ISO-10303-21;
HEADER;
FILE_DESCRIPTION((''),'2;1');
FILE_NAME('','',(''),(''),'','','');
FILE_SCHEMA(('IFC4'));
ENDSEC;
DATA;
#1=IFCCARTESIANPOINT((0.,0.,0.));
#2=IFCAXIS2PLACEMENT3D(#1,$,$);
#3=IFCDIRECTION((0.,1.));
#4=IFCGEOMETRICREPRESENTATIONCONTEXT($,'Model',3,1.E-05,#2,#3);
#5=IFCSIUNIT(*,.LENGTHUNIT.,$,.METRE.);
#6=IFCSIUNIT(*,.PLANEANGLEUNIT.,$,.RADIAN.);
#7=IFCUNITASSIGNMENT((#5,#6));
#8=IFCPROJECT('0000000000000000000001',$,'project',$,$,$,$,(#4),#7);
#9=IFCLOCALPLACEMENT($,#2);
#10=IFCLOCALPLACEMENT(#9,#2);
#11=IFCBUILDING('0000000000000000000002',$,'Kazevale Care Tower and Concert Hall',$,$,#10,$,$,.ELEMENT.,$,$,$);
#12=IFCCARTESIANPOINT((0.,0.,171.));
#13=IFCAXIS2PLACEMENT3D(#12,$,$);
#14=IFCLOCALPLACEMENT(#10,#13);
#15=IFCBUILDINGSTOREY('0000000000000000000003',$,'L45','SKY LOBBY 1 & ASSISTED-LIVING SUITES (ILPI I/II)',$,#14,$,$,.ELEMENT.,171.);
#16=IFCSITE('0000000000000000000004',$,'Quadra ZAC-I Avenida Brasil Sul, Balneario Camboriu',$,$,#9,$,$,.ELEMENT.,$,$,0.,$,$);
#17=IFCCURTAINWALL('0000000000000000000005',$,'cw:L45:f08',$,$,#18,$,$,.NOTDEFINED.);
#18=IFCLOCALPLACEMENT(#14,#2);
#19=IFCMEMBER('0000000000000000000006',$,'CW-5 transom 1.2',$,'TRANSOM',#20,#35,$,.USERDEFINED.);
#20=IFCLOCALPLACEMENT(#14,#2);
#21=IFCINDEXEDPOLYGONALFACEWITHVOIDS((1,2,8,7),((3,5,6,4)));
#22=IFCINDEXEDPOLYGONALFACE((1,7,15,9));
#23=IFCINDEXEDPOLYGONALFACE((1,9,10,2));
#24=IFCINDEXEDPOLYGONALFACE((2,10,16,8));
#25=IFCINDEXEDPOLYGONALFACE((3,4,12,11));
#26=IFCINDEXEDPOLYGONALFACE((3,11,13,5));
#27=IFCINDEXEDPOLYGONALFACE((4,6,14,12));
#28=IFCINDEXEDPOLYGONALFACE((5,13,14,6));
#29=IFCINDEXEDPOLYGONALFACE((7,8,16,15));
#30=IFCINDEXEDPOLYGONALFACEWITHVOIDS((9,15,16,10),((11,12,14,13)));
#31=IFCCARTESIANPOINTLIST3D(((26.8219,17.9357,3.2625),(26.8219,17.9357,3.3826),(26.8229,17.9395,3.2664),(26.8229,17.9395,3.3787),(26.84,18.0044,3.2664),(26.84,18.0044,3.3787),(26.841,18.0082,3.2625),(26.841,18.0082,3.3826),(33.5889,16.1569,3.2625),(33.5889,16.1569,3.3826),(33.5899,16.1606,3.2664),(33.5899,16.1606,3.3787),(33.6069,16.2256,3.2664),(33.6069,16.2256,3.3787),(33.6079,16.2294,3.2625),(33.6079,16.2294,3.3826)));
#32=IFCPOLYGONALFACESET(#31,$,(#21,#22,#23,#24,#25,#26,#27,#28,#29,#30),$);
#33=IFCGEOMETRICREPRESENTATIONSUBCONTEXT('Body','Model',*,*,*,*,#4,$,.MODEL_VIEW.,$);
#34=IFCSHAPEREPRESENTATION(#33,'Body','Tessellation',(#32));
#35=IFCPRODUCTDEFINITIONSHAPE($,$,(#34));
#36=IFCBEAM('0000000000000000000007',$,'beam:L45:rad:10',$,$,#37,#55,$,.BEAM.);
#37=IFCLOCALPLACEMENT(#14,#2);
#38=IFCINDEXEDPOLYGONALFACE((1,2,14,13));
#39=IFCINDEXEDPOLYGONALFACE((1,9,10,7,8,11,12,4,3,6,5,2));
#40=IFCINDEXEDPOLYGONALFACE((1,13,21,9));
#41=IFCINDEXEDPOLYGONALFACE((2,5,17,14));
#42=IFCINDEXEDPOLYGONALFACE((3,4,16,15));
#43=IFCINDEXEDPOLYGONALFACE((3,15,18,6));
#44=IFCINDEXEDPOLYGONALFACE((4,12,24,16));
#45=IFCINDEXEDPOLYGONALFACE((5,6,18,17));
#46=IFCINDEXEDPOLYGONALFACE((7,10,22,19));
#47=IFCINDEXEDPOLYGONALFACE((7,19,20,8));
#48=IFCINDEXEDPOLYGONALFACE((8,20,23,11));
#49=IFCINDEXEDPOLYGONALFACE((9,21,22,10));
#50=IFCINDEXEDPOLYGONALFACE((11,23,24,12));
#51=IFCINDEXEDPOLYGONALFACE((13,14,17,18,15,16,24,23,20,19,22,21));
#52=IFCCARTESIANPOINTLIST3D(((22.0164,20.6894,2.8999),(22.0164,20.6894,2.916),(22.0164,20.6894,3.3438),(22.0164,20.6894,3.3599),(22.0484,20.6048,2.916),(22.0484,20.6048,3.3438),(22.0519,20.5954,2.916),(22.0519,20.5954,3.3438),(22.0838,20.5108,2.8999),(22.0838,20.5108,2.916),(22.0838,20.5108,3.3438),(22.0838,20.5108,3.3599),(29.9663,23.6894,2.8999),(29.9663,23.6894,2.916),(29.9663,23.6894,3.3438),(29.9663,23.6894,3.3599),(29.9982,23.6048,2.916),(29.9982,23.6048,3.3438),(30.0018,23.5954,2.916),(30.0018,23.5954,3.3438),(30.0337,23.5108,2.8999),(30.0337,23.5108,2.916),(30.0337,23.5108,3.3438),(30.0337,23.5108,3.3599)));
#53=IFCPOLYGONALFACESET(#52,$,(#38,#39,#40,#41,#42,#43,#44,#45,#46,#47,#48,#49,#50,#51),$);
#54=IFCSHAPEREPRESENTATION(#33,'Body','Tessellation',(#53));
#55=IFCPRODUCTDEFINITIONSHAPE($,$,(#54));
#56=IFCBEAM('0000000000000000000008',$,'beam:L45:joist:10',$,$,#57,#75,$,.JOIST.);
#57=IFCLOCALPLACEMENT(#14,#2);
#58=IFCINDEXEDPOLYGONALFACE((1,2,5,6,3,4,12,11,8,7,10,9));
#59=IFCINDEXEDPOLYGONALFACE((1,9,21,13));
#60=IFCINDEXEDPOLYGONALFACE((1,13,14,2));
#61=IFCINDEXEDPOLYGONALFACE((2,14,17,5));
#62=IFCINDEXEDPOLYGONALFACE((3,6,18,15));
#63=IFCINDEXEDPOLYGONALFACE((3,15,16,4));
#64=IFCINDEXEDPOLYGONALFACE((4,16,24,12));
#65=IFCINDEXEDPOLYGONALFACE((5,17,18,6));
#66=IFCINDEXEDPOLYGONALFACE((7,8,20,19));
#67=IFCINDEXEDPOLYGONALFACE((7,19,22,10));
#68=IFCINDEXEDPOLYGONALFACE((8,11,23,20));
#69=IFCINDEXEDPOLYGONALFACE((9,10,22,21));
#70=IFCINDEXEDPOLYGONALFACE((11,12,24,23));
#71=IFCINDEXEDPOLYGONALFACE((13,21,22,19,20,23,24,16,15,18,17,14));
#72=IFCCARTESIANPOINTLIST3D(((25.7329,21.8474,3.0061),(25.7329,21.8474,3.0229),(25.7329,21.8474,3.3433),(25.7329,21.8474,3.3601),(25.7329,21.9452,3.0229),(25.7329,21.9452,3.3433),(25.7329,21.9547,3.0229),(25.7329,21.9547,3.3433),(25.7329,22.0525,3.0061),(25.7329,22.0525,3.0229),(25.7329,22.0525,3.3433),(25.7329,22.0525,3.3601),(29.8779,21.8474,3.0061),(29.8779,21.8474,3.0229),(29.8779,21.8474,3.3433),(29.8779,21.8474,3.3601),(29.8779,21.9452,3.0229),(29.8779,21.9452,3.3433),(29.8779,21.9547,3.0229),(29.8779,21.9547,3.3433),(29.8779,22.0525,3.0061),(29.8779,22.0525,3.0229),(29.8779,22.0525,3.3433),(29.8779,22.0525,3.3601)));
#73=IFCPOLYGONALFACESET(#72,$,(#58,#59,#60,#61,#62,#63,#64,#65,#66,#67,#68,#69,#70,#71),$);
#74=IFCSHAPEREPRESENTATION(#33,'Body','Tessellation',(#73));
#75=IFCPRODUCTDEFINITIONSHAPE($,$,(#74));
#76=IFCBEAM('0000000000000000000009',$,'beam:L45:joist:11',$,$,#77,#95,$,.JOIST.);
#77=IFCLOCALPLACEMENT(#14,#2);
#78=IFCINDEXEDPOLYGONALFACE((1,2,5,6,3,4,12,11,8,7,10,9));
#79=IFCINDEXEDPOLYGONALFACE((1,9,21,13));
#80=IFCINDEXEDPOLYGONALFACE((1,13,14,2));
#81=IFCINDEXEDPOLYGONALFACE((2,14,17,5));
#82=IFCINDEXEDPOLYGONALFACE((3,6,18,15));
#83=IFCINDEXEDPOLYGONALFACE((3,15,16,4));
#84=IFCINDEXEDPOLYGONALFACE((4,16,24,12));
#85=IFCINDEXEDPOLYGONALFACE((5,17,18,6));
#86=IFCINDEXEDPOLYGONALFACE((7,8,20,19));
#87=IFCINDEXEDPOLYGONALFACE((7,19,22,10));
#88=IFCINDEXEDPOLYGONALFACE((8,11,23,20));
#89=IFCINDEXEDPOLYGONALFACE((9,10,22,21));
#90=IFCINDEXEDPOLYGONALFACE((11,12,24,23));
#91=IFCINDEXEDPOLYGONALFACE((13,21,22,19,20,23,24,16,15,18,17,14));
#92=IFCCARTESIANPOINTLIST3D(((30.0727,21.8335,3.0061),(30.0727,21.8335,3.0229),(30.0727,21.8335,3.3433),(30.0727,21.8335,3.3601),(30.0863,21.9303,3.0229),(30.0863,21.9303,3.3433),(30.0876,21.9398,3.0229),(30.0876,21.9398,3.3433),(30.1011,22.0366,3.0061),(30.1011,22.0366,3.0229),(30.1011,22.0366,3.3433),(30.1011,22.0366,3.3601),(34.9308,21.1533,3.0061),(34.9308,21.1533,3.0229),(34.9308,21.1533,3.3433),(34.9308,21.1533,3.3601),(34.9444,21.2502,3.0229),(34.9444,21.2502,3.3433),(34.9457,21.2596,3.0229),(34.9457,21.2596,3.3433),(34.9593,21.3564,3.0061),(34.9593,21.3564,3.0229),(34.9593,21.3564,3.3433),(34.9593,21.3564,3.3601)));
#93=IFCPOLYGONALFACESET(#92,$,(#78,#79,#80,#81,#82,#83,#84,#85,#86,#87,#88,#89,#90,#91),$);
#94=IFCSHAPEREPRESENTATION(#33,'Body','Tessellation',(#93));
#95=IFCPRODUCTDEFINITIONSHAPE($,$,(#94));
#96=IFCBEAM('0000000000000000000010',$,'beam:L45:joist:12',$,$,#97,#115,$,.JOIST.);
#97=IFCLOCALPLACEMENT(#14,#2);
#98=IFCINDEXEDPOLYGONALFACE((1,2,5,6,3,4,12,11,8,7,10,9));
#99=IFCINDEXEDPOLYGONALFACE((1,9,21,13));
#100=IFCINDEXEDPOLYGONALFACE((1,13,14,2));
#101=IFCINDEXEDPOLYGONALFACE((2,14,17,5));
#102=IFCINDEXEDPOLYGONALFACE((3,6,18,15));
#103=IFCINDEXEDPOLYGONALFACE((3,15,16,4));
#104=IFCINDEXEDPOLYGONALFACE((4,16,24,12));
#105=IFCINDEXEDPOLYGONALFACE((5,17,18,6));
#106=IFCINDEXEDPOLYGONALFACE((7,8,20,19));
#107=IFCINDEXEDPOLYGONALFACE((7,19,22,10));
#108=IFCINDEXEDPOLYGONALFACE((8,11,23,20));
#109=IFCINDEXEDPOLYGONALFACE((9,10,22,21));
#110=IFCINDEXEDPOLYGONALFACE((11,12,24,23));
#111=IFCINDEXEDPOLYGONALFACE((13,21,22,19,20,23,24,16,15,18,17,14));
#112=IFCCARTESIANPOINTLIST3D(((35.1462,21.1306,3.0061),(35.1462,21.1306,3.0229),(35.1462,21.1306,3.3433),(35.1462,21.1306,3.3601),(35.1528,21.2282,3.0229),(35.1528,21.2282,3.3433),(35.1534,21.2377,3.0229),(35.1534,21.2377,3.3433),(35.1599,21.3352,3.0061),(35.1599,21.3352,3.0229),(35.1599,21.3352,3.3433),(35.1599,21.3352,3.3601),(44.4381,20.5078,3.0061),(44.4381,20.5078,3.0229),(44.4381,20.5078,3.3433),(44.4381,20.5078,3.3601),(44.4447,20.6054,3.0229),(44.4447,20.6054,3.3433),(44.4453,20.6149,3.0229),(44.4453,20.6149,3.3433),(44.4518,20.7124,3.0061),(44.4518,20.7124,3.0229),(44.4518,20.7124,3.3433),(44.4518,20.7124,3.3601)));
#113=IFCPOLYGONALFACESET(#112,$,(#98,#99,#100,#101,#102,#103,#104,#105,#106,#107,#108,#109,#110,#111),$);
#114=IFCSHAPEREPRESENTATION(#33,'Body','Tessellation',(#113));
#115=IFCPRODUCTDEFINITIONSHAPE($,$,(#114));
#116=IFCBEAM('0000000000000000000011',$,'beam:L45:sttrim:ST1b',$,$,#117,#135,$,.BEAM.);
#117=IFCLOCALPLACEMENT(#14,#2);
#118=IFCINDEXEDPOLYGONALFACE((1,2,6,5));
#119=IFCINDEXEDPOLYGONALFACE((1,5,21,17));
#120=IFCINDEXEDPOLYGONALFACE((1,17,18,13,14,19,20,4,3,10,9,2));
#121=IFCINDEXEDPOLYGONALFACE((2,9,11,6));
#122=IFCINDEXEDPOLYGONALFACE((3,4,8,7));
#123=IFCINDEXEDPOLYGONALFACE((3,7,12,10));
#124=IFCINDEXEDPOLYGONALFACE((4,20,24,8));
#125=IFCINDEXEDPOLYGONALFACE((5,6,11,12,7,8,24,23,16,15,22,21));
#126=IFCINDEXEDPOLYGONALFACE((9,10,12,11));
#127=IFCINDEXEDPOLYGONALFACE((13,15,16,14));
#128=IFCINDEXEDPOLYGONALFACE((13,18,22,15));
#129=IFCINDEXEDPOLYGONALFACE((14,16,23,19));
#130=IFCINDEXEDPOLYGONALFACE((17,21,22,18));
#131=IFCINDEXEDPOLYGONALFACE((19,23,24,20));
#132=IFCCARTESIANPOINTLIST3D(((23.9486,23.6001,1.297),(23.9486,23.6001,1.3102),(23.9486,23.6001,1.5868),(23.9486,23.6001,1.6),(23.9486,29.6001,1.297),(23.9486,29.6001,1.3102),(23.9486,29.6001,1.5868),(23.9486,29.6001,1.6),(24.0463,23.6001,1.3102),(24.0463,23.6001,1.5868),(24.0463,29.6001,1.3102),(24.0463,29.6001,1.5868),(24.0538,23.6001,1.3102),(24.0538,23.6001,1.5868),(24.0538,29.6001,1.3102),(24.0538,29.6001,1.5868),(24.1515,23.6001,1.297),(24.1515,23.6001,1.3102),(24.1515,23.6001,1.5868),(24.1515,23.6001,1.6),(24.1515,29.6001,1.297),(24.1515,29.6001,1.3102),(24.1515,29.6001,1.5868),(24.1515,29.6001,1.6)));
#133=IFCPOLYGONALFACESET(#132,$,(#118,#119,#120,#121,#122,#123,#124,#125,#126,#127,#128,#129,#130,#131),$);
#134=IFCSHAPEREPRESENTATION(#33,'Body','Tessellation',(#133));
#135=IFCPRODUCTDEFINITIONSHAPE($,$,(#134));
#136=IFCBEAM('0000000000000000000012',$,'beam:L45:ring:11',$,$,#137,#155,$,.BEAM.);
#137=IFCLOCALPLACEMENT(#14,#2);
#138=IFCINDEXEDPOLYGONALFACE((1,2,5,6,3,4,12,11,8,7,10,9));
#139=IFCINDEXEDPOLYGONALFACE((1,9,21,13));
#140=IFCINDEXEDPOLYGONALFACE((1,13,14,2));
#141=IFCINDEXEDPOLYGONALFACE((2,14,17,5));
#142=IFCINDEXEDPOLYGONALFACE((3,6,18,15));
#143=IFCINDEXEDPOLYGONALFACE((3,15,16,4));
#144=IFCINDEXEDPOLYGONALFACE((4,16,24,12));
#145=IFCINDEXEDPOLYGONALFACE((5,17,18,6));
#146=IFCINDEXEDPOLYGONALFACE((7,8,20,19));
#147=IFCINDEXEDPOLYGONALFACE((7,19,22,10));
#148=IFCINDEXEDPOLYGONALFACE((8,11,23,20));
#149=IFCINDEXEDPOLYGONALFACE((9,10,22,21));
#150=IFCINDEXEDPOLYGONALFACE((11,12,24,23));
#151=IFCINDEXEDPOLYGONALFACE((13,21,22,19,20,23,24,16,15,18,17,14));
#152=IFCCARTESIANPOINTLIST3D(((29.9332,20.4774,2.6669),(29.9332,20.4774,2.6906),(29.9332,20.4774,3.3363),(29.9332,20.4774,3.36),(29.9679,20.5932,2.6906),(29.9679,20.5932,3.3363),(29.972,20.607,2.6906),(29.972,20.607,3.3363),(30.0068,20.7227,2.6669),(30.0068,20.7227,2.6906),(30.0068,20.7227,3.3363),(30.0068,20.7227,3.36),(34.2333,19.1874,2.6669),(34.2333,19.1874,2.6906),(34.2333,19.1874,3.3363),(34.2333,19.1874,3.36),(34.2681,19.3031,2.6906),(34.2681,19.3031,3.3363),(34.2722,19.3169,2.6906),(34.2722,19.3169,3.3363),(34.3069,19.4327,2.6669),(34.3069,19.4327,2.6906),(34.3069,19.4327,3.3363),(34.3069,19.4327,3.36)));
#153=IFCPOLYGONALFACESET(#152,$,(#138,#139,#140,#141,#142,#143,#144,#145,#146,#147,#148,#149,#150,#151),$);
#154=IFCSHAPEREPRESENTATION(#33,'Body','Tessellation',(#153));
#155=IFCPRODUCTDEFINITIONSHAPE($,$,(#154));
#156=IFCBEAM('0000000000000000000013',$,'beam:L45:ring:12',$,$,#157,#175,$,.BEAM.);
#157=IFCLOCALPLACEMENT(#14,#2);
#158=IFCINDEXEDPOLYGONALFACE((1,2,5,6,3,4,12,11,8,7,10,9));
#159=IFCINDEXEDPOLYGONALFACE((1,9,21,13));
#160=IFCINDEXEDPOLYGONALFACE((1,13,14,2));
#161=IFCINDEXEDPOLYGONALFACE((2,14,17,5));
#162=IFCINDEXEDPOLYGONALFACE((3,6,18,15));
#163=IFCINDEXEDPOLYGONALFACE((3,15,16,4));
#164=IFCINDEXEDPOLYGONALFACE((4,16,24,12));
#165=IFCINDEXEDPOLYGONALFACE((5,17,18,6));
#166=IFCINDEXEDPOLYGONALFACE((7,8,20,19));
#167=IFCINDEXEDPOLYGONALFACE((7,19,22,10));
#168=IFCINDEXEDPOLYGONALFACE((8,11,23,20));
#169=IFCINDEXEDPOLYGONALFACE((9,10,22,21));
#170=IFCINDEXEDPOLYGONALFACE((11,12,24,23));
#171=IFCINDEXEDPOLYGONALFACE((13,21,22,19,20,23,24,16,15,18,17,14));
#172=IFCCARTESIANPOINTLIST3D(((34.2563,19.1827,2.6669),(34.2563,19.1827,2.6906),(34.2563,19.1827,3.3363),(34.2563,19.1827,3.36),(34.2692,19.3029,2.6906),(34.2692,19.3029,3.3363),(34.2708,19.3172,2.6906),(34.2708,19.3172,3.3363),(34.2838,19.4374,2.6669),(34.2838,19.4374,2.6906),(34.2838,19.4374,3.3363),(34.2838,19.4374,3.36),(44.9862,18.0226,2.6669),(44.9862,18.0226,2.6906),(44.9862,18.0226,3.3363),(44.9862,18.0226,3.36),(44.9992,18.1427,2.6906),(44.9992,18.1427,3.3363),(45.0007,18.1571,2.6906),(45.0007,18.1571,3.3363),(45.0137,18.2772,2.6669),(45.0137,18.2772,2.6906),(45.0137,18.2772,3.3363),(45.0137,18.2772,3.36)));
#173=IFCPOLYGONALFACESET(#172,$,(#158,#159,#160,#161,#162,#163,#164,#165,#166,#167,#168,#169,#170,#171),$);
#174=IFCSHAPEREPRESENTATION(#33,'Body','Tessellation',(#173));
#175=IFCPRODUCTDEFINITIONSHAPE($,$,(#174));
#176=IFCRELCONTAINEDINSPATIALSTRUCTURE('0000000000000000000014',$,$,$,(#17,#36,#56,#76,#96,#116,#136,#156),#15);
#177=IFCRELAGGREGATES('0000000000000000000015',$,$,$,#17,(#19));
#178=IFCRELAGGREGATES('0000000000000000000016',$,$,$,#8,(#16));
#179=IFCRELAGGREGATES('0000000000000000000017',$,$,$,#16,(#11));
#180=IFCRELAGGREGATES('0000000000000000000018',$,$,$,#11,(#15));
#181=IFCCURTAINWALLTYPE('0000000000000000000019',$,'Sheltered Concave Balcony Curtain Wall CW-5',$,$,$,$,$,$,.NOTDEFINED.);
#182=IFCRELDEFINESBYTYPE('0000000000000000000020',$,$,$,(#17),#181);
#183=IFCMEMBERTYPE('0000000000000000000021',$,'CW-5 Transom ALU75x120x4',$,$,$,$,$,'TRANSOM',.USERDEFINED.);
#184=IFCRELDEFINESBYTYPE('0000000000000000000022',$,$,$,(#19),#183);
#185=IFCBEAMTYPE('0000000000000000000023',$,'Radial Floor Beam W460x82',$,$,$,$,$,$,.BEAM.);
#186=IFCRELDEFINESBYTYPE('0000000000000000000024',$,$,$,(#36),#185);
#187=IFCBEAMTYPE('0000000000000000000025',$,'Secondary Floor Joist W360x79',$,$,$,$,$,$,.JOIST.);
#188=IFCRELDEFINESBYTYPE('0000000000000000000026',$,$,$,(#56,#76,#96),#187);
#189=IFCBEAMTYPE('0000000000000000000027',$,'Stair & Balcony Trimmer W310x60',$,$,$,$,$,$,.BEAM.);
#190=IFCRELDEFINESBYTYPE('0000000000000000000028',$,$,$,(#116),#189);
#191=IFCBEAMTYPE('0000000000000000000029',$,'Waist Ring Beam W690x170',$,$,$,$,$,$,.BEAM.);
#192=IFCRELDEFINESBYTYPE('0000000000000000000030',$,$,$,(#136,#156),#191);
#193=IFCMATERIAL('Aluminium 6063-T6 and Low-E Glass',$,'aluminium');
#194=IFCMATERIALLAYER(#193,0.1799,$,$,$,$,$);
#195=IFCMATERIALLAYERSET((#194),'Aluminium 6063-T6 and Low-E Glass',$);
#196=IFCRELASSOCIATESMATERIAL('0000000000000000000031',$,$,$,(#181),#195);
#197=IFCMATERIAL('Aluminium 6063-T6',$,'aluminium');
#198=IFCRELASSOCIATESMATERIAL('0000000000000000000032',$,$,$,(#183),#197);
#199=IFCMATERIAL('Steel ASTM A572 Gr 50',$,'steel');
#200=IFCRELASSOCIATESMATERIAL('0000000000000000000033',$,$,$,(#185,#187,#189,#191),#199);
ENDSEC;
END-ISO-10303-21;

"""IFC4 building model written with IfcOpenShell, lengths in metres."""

from ifc_helpers import new_model, si_unit, direction, frame, origin, origin_2d, place, context, subcontext, project, spatial, hollow_rectangle, i_section, extrude, material, layer, layer_set, material_profile, profile_set, type_object, element, aggregate, save


model = new_model("IFC4")

# Units and contexts
model_context = context("Model", 3, precision=1e-05, world=origin(), true_north=direction((0.0, 1.0)))
body_context = subcontext(model_context, "Body", "Model", "MODEL_VIEW")
ifc_project = project(units=[si_unit("LENGTHUNIT", "METRE"), si_unit("PLANEANGLEUNIT", "RADIAN")], contexts=[model_context])

# Site, building, storey
site_placement = place(None, origin())
site = spatial("IfcSite", under=ifc_project, at=site_placement, Name="Quadra ZAC-I Avenida Brasil Sul, Balneario Camboriu", CompositionType="ELEMENT", RefElevation=0.0)
building_placement = place(site_placement, origin())
building = spatial("IfcBuilding", under=site, at=building_placement, Name="Kazevale Care Tower and Concert Hall", CompositionType="ELEMENT")
storey_placement = place(building_placement, frame((0.0, 0.0, 171.0)))
storey = spatial("IfcBuildingStorey", under=building, at=storey_placement, Name="L45", Description="SKY LOBBY 1 & ASSISTED-LIVING SUITES (ILPI I/II)", CompositionType="ELEMENT", Elevation=171.0)

# Shared definitions
ifc_material_1 = material(Name="Aluminium 6063-T6 and Low-E Glass", Category="aluminium")
ifc_layer_1 = layer(ifc_material_1, 0.1799)
ifc_layer_set_1 = layer_set([ifc_layer_1], Name="Aluminium 6063-T6 and Low-E Glass")
curtain_wall_type = type_object("IfcCurtainWallType", Name="Sheltered Concave Balcony Curtain Wall CW-5", PredefinedType="NOTDEFINED", material=ifc_layer_set_1)
ifc_material_2 = material(Name="Aluminium 6063-T6", Category="aluminium")

# Curtain wall, member
curtain_wall_1_placement = place(storey_placement, origin())
curtain_wall_1 = element("IfcCurtainWall", 1, at=curtain_wall_1_placement, inside=storey, type_object=curtain_wall_type, Name="cw:L45:f08", PredefinedType="NOTDEFINED")
ifc_material_profile_1 = material_profile(ifc_material_2, hollow_rectangle(XDim=0.075, YDim=0.1201, WallThickness=0.0039, at=origin_2d()), Name="ALU75x120x4")
ifc_profile_set_1 = profile_set([ifc_material_profile_1], Name="Aluminium 6063-T6")
member_type_1 = type_object("IfcMemberType", Name="CW-5 Transom ALU75x120x4", ElementType="TRANSOM", PredefinedType="USERDEFINED", material=ifc_profile_set_1)
member_1_placement = place(storey_placement, frame((33.5984, 16.1931, 3.3225), z_axis=(-0.967143, 0.254234, 0.0), x_axis=(-0.254234, -0.967143, 0.0)))
member_1 = element("IfcMember", 2, at=member_1_placement, type_object=member_type_1, Name="CW-5 transom 1.2", ObjectType="TRANSOM", PredefinedType="USERDEFINED", context=body_context, shape_type="SweptSolid", body=[
    extrude(hollow_rectangle(XDim=0.075, YDim=0.1201, WallThickness=0.0039, at=origin_2d()), origin(), (0.0, 0.0, 1.0), 6.9968),
])

# Beams
ifc_material_3 = material(Name="Steel ASTM A572 Gr 50", Category="steel")
ifc_material_profile_2 = material_profile(ifc_material_3, i_section(OverallWidth=0.1909, OverallDepth=0.46, WebThickness=0.01, FlangeThickness=0.0161, at=origin_2d()), Name="W460x82")
ifc_profile_set_2 = profile_set([ifc_material_profile_2], Name="Steel ASTM A572 Gr 50")
beam_type_1 = type_object("IfcBeamType", Name="Radial Floor Beam W460x82", PredefinedType="BEAM", material=ifc_profile_set_2)
beam_1_placement = place(storey_placement, frame((30.0, 23.6001, 3.1299), z_axis=(-0.935601, -0.353059, 0.0), x_axis=(0.353059, -0.935601, 0.0)))
element("IfcBeam", 3, at=beam_1_placement, inside=storey, type_object=beam_type_1, Name="beam:L45:rad:10", PredefinedType="BEAM", context=body_context, shape_type="SweptSolid", body=[
    extrude(i_section(OverallWidth=0.1909, OverallDepth=0.46, WebThickness=0.01, FlangeThickness=0.0161, at=origin_2d()), origin(), (0.0, 0.0, 1.0), 8.4971),
])
ifc_material_profile_3 = material_profile(ifc_material_3, i_section(OverallWidth=0.2051, OverallDepth=0.354, WebThickness=0.0095, FlangeThickness=0.0168, at=origin_2d()), Name="W360x79")
ifc_profile_set_3 = profile_set([ifc_material_profile_3], Name="Steel ASTM A572 Gr 50")
beam_type_2 = type_object("IfcBeamType", Name="Secondary Floor Joist W360x79", PredefinedType="JOIST", material=ifc_profile_set_3)
beam_2_placement = place(storey_placement, frame((25.7329, 21.95, 3.1831), z_axis=(1.0, 0.0, 0.0), x_axis=(0.0, 1.0, 0.0)))
element("IfcBeam", 4, at=beam_2_placement, inside=storey, type_object=beam_type_2, Name="beam:L45:joist:10", PredefinedType="JOIST", context=body_context, shape_type="SweptSolid", body=[
    extrude(i_section(OverallWidth=0.2051, OverallDepth=0.354, WebThickness=0.0095, FlangeThickness=0.0168, at=origin_2d()), origin(), (0.0, 0.0, 1.0), 4.145),
])
beam_3_placement = place(storey_placement, frame((30.0869, 21.9351, 3.1831), z_axis=(0.990341, -0.138655, 0.0), x_axis=(0.138655, 0.990341, 0.0)))
element("IfcBeam", 5, at=beam_3_placement, inside=storey, type_object=beam_type_2, Name="beam:L45:joist:11", PredefinedType="JOIST", context=body_context, shape_type="SweptSolid", body=[
    extrude(i_section(OverallWidth=0.2051, OverallDepth=0.354, WebThickness=0.0095, FlangeThickness=0.0168, at=origin_2d()), origin(), (0.0, 0.0, 1.0), 4.9055),
])
beam_4_placement = place(storey_placement, frame((35.1531, 21.2329, 3.1831), z_axis=(0.997761, -0.066876, 0.0), x_axis=(0.066876, 0.997761, 0.0)))
element("IfcBeam", 6, at=beam_4_placement, inside=storey, type_object=beam_type_2, Name="beam:L45:joist:12", PredefinedType="JOIST", context=body_context, shape_type="SweptSolid", body=[
    extrude(i_section(OverallWidth=0.2051, OverallDepth=0.354, WebThickness=0.0095, FlangeThickness=0.0168, at=origin_2d()), origin(), (0.0, 0.0, 1.0), 9.3127),
])
ifc_material_profile_4 = material_profile(ifc_material_3, i_section(OverallWidth=0.2029, OverallDepth=0.303, WebThickness=0.0076, FlangeThickness=0.0132, at=origin_2d()), Name="W310x60")
ifc_profile_set_4 = profile_set([ifc_material_profile_4], Name="Steel ASTM A572 Gr 50")
beam_type_3 = type_object("IfcBeamType", Name="Stair & Balcony Trimmer W310x60", PredefinedType="BEAM", material=ifc_profile_set_4)
beam_5_placement = place(storey_placement, frame((24.05, 23.6001, 1.4485), z_axis=(0.0, 1.0, 0.0), x_axis=(-1.0, 0.0, 0.0)))
element("IfcBeam", 7, at=beam_5_placement, inside=storey, type_object=beam_type_3, Name="beam:L45:sttrim:ST1b", PredefinedType="BEAM", context=body_context, shape_type="SweptSolid", body=[
    extrude(i_section(OverallWidth=0.2029, OverallDepth=0.303, WebThickness=0.0076, FlangeThickness=0.0132, at=origin_2d()), origin(), (0.0, 0.0, 1.0), 6.0),
])
ifc_material_profile_5 = material_profile(ifc_material_3, i_section(OverallWidth=0.2561, OverallDepth=0.6931, WebThickness=0.0144, FlangeThickness=0.0237, at=origin_2d()), Name="W690x170")
ifc_profile_set_5 = profile_set([ifc_material_profile_5], Name="Steel ASTM A572 Gr 50")
beam_type_4 = type_object("IfcBeamType", Name="Waist Ring Beam W690x170", PredefinedType="BEAM", material=ifc_profile_set_5)
beam_6_placement = place(storey_placement, frame((29.97, 20.6001, 3.0134), z_axis=(0.957825, -0.287353, 0.0), x_axis=(0.287353, 0.957825, 0.0)))
element("IfcBeam", 8, at=beam_6_placement, inside=storey, type_object=beam_type_4, Name="beam:L45:ring:11", PredefinedType="BEAM", context=body_context, shape_type="SweptSolid", body=[
    extrude(i_section(OverallWidth=0.2561, OverallDepth=0.6931, WebThickness=0.0144, FlangeThickness=0.0237, at=origin_2d()), origin(), (0.0, 0.0, 1.0), 4.4895),
])
beam_7_placement = place(storey_placement, frame((34.27, 19.3101, 3.0134), z_axis=(0.994205, -0.107496, 0.0), x_axis=(0.107496, 0.994205, 0.0)))
element("IfcBeam", 9, at=beam_7_placement, inside=storey, type_object=beam_type_4, Name="beam:L45:ring:12", PredefinedType="BEAM", context=body_context, shape_type="SweptSolid", body=[
    extrude(i_section(OverallWidth=0.2561, OverallDepth=0.6931, WebThickness=0.0144, FlangeThickness=0.0237, at=origin_2d()), origin(), (0.0, 0.0, 1.0), 10.7925),
])

aggregate(curtain_wall_1, [member_1])

save(model, "model.ifc")
